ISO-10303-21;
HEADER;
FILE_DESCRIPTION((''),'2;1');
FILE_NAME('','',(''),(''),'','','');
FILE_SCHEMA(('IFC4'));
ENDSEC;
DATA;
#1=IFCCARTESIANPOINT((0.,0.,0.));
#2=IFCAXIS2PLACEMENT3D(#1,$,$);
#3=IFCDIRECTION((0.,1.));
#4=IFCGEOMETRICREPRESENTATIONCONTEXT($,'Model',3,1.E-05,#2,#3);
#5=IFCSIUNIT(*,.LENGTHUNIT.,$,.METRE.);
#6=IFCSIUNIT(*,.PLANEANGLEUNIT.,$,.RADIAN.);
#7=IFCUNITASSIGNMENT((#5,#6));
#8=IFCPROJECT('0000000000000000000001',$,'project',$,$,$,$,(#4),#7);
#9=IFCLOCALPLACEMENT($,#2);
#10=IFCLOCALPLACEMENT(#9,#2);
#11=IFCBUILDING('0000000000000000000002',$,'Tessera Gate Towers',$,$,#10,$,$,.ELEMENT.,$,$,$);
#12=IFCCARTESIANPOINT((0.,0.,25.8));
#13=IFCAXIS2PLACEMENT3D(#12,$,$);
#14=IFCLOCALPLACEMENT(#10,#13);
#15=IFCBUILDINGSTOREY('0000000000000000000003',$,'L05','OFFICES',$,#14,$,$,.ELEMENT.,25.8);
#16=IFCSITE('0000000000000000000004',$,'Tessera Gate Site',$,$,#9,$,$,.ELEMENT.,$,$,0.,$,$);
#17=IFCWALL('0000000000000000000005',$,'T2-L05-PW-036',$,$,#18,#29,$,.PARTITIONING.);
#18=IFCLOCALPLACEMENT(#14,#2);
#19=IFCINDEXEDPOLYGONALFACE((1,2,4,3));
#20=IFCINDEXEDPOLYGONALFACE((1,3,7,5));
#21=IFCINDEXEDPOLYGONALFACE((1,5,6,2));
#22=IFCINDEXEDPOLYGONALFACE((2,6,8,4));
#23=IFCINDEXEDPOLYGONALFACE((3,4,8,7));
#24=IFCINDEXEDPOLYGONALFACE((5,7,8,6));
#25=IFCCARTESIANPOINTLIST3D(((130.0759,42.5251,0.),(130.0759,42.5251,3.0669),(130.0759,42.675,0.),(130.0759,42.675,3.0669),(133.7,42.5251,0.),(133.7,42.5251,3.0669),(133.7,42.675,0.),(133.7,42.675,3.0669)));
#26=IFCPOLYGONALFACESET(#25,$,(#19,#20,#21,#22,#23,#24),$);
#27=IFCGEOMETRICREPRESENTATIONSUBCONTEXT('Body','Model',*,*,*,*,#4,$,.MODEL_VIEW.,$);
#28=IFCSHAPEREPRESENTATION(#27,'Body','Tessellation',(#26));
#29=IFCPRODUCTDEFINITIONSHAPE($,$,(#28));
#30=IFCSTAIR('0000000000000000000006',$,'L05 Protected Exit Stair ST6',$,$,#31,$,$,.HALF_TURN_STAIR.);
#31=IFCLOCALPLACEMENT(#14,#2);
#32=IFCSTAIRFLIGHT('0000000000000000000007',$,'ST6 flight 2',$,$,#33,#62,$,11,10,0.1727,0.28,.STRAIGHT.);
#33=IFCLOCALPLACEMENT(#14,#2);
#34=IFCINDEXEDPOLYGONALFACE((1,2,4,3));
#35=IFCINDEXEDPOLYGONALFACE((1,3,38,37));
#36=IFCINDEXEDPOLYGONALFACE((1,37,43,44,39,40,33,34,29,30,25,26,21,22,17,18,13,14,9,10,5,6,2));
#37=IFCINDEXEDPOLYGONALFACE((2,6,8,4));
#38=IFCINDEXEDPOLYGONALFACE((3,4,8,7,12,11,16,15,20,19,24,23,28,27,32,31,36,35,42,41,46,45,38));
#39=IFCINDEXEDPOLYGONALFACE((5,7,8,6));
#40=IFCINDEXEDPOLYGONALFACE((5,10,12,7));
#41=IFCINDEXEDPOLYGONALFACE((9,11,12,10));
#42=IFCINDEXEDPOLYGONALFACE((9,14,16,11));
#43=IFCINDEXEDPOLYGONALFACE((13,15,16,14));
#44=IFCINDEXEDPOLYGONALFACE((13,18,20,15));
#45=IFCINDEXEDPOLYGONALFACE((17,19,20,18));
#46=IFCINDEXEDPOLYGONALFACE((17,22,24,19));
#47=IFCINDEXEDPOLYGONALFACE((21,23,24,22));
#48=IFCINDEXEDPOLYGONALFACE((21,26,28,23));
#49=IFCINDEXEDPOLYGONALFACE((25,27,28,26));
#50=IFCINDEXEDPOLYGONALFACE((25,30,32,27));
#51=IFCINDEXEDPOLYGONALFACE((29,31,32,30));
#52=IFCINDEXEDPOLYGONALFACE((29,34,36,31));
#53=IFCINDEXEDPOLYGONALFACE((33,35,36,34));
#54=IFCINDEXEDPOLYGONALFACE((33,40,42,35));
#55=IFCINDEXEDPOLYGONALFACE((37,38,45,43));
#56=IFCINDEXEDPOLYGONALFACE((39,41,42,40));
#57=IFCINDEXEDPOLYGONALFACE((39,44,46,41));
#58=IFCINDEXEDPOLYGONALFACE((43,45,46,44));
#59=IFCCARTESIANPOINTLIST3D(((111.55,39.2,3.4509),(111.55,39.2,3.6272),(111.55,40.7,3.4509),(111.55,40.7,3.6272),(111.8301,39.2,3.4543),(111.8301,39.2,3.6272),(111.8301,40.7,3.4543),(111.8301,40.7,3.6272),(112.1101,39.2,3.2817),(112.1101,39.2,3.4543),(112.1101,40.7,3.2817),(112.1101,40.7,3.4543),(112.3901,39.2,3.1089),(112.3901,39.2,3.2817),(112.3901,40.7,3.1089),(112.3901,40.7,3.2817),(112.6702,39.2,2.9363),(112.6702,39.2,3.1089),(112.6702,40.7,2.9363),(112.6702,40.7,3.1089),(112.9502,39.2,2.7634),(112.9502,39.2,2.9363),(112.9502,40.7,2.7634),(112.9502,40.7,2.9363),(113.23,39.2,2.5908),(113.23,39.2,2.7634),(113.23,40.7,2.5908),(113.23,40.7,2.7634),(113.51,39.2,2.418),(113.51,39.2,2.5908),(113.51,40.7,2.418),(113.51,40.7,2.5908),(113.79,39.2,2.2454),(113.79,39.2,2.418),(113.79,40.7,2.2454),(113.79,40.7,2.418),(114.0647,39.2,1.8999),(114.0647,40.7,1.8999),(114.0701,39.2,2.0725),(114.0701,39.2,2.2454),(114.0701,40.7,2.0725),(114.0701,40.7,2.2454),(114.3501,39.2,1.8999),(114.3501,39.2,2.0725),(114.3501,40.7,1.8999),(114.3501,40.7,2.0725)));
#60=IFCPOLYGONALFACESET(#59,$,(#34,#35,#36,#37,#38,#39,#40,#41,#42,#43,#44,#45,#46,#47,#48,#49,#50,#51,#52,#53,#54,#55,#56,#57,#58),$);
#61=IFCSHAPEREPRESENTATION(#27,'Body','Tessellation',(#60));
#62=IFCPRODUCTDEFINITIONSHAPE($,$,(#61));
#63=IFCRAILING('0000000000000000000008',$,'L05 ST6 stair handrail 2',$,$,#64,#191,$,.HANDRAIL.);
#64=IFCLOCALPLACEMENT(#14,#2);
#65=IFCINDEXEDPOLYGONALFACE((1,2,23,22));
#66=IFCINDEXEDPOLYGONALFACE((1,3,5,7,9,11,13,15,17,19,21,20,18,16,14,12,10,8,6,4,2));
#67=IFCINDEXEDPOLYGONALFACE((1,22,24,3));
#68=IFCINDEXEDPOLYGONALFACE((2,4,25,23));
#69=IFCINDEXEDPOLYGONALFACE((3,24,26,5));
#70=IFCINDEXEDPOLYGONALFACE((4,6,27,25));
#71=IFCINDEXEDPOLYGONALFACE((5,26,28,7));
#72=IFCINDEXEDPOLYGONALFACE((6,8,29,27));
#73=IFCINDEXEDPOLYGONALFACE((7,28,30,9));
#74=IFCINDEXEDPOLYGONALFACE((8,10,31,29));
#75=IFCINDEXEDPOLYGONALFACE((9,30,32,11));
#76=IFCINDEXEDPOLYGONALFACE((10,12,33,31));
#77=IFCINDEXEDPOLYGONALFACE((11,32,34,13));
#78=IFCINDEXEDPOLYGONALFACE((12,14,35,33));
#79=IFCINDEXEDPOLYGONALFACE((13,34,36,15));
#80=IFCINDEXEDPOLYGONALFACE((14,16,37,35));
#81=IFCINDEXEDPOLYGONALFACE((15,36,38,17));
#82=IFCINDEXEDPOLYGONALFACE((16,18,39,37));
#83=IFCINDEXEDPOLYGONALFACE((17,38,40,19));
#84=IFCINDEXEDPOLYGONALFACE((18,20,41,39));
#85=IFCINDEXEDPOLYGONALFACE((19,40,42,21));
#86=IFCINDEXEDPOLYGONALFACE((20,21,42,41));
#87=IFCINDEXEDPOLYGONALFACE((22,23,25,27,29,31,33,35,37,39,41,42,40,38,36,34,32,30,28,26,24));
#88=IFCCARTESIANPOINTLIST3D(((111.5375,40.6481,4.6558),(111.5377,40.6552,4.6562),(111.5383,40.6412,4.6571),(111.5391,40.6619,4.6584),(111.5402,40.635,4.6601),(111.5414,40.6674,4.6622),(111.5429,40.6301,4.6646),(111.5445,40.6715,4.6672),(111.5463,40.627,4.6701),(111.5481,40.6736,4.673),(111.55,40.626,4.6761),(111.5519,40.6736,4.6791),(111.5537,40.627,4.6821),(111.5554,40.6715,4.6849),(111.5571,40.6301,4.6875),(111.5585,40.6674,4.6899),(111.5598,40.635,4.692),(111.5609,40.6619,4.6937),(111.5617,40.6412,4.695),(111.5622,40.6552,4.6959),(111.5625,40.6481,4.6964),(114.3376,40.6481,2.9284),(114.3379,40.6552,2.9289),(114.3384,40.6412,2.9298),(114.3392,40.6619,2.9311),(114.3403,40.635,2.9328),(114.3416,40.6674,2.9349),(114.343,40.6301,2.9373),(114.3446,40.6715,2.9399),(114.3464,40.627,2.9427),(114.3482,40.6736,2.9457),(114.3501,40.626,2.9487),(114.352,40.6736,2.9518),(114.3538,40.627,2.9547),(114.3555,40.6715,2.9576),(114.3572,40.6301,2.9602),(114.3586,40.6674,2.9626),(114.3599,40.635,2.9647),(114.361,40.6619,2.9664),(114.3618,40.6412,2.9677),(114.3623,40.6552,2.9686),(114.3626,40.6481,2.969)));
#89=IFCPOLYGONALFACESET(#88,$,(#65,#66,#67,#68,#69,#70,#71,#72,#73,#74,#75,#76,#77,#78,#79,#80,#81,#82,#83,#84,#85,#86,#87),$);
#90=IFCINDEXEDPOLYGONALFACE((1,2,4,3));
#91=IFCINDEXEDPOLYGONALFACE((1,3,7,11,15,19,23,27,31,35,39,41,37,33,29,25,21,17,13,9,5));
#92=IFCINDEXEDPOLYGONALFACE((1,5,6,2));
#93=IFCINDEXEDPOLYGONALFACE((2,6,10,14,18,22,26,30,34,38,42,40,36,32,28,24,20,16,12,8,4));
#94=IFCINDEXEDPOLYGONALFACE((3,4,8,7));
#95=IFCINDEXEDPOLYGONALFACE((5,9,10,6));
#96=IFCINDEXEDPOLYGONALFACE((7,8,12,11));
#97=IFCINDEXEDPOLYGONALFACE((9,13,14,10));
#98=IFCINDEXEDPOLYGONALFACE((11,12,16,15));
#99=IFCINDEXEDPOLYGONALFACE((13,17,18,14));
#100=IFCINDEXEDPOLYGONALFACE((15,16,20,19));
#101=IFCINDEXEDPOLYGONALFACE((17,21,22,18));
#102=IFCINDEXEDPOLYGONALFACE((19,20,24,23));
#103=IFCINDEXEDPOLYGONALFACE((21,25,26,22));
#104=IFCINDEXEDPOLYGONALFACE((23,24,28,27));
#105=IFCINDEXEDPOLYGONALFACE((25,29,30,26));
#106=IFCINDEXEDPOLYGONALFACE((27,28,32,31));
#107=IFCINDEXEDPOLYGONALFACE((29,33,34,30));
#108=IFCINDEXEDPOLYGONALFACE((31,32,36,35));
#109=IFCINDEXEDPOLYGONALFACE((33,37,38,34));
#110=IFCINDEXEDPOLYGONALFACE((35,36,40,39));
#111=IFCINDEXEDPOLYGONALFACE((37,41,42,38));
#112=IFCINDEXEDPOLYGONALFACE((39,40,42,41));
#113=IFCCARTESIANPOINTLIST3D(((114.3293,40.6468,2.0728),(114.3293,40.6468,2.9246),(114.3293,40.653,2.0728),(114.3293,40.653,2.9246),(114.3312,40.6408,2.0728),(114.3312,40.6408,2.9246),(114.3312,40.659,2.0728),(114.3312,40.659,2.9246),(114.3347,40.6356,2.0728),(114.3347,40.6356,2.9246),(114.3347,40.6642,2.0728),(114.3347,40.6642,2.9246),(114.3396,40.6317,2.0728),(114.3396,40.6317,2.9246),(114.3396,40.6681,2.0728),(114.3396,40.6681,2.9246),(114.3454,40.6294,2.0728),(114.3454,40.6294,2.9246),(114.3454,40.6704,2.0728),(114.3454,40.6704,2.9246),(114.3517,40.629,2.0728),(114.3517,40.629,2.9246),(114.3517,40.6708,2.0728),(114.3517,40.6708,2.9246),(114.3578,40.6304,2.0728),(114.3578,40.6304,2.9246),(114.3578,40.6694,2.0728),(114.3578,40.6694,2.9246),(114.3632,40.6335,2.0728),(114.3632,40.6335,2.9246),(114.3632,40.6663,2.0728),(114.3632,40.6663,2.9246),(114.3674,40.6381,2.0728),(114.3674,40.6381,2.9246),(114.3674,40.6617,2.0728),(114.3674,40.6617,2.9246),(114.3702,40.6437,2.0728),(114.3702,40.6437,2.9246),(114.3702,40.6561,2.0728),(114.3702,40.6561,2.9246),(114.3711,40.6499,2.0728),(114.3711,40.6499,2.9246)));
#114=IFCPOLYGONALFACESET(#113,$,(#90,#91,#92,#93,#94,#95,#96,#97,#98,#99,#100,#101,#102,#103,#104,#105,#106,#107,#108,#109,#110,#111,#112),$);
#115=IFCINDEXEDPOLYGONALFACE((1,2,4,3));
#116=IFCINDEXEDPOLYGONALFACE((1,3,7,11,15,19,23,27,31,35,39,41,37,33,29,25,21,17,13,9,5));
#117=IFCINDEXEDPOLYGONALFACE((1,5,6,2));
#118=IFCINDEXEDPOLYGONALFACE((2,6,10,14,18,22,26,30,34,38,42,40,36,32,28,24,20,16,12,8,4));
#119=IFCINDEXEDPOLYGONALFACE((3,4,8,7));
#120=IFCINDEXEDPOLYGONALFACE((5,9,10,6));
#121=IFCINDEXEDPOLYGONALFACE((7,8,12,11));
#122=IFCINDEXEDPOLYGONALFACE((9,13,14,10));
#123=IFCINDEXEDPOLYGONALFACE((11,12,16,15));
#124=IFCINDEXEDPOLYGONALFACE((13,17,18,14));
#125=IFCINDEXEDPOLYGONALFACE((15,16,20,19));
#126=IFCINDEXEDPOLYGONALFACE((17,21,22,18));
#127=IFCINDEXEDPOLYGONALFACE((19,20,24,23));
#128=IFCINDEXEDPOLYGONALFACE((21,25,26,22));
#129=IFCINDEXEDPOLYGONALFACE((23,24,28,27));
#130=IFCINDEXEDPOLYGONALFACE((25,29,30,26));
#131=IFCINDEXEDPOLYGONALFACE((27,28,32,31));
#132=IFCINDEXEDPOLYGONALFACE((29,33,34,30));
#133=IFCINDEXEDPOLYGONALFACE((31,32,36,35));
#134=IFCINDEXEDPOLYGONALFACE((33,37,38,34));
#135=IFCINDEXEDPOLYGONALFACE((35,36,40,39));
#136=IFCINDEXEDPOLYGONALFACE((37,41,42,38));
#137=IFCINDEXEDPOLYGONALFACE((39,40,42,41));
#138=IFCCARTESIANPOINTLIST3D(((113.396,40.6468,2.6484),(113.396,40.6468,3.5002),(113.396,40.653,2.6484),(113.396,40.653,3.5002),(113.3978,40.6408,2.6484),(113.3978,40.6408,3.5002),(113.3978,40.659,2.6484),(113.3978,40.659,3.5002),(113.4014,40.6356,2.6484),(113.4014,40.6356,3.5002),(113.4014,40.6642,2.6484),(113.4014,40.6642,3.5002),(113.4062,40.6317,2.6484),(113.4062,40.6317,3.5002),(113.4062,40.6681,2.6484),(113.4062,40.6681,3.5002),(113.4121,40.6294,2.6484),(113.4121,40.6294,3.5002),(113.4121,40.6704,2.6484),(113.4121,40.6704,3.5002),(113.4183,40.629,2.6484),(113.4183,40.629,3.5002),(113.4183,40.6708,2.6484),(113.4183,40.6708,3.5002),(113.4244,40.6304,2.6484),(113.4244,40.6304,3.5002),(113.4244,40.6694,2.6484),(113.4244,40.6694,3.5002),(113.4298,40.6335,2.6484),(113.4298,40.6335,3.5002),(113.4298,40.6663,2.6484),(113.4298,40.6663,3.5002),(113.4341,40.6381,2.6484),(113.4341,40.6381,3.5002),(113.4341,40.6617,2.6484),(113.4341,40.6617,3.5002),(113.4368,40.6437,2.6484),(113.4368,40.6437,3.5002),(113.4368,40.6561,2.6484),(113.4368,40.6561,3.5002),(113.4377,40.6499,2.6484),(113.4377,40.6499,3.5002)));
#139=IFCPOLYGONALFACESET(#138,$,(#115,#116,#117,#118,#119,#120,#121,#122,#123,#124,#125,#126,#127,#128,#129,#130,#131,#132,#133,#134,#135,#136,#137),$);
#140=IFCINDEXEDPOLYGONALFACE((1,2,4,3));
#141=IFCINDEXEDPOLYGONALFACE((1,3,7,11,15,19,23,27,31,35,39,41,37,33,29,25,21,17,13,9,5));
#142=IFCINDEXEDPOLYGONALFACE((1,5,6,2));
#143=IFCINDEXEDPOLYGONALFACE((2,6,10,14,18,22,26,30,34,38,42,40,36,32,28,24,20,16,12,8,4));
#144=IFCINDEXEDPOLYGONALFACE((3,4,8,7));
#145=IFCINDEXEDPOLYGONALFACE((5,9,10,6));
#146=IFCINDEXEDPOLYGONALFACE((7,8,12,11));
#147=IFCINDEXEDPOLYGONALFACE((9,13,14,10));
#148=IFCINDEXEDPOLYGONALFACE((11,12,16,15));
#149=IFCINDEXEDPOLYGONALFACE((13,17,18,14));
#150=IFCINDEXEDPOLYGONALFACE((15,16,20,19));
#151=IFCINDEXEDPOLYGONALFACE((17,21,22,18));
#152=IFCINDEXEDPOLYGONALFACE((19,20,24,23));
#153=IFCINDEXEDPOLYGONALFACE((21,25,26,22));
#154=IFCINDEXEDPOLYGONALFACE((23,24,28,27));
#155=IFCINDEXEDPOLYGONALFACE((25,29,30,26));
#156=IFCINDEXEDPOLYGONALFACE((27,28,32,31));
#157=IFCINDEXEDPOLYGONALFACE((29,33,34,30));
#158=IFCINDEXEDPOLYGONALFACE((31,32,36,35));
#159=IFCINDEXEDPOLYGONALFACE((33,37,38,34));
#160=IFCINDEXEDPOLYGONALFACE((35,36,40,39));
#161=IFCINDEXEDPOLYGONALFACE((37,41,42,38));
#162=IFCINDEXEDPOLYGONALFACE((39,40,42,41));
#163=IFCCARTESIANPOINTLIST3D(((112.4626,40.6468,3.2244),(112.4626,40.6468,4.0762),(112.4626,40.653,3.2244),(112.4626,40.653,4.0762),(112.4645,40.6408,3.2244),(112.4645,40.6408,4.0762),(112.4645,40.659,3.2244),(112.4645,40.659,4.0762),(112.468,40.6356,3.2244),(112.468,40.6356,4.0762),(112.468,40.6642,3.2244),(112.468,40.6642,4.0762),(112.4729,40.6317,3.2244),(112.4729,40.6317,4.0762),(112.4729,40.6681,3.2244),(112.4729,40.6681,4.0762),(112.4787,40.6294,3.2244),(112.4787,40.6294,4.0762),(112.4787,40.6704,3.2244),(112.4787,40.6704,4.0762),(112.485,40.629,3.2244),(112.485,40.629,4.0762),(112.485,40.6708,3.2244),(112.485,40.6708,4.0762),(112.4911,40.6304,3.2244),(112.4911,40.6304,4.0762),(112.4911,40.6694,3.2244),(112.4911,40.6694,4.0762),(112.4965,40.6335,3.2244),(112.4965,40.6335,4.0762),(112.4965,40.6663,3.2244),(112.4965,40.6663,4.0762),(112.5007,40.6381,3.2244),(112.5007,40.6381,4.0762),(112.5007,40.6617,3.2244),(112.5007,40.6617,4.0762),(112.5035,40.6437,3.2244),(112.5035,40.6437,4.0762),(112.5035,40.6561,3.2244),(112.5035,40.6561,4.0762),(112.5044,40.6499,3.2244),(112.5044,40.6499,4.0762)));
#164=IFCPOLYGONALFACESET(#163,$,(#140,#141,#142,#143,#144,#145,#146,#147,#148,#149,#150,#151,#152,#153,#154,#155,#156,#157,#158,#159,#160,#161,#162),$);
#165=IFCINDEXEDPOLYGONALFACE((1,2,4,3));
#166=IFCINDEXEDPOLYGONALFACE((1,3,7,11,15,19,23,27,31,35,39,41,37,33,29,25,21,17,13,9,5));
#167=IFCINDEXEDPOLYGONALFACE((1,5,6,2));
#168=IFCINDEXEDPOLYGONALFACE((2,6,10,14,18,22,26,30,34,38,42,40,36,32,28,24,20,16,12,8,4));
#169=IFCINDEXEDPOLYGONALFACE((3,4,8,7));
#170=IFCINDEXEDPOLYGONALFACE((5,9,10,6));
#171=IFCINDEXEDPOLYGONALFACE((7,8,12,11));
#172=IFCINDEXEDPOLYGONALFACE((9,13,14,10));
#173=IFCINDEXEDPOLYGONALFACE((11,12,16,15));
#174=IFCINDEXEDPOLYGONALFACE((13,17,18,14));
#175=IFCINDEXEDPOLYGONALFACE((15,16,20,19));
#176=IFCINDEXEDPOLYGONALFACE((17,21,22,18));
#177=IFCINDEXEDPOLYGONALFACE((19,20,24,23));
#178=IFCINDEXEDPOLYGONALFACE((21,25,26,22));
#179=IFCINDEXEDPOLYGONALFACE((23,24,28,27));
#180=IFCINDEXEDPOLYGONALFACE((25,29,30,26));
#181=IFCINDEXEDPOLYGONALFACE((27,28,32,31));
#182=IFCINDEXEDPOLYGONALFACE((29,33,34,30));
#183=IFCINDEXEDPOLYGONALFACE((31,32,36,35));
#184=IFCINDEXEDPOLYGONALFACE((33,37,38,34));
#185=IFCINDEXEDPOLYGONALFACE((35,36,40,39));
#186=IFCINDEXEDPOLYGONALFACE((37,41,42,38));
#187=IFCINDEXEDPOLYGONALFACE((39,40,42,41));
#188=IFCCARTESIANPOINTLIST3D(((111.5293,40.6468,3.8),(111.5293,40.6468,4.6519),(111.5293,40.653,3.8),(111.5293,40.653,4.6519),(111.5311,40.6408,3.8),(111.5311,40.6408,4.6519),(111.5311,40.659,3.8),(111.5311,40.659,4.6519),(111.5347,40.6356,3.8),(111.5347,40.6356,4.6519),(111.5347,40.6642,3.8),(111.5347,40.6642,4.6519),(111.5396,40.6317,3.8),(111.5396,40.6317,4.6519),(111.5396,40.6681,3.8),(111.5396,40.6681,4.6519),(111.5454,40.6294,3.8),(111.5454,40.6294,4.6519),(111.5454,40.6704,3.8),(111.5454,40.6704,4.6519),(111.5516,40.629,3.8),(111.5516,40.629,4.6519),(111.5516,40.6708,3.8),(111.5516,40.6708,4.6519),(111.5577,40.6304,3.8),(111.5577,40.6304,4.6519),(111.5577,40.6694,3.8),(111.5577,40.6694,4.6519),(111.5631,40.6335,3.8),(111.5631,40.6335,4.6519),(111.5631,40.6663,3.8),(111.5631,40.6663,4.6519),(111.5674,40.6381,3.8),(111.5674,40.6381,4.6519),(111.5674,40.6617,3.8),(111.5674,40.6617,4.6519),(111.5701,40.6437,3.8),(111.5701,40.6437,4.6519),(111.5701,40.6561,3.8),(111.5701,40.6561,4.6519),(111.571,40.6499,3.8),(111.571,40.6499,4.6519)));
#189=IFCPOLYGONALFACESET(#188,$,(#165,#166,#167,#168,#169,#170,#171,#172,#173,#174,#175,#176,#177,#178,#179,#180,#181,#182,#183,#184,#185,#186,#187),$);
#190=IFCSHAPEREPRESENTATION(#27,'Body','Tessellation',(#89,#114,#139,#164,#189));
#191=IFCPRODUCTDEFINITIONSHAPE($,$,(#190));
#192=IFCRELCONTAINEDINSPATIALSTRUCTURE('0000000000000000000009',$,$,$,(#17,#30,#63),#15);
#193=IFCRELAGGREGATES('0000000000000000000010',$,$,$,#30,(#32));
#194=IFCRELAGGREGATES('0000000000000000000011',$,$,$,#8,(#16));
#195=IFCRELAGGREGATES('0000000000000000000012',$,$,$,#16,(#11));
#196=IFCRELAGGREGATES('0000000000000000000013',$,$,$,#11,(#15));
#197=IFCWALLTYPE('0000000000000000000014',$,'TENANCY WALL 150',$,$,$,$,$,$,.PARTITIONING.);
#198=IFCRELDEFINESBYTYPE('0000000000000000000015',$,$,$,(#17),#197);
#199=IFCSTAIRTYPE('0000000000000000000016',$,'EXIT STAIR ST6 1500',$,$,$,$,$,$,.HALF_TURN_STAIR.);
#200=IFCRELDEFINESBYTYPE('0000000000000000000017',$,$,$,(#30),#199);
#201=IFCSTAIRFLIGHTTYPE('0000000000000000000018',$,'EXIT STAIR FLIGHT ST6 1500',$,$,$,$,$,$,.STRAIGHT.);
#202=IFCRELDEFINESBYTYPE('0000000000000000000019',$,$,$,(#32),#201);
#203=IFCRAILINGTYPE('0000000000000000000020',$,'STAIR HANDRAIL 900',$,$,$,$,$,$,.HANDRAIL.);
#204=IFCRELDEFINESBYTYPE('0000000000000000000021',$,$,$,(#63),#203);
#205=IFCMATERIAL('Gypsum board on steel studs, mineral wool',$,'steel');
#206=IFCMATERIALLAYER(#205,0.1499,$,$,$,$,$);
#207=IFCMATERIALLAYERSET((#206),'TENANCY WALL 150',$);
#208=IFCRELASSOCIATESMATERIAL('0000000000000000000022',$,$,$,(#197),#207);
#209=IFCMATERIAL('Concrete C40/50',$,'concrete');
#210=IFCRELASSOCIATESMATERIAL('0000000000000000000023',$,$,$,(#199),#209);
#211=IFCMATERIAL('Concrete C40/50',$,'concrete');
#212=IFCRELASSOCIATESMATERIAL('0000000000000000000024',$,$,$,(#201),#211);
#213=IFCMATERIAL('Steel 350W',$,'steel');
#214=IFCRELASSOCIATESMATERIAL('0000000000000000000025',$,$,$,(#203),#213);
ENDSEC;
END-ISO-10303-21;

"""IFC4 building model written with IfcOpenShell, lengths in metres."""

from ifc_helpers import new_model, si_unit, direction, frame, frame_2d, origin, origin_2d, place, context, subcontext, project, spatial, polyline, rectangle, circle, outline, extrude, material, layer, layer_set, type_object, element, aggregate, save


model = new_model("IFC4")

# Units and contexts
model_context = context("Model", 3, precision=1e-05, world=origin(), true_north=direction((0.0, 1.0)))
body_context = subcontext(model_context, "Body", "Model", "MODEL_VIEW")
ifc_project = project(units=[si_unit("LENGTHUNIT", "METRE"), si_unit("PLANEANGLEUNIT", "RADIAN")], contexts=[model_context])

# Site, building, storey
site_placement = place(None, origin())
site = spatial("IfcSite", under=ifc_project, at=site_placement, Name="Tessera Gate Site", CompositionType="ELEMENT", RefElevation=0.0)
building_placement = place(site_placement, origin())
building = spatial("IfcBuilding", under=site, at=building_placement, Name="Tessera Gate Towers", CompositionType="ELEMENT")
storey_placement = place(building_placement, frame((0.0, 0.0, 25.8)))
storey = spatial("IfcBuildingStorey", under=building, at=storey_placement, Name="L05", Description="OFFICES", CompositionType="ELEMENT", Elevation=25.8)

# Wall
ifc_material_1 = material(Name="Gypsum board on steel studs, mineral wool", Category="steel")
ifc_layer_1 = layer(ifc_material_1, 0.1499)
ifc_layer_set_1 = layer_set([ifc_layer_1], Name="TENANCY WALL 150")
wall_type_1 = type_object("IfcWallType", Name="TENANCY WALL 150", PredefinedType="PARTITIONING", material=ifc_layer_set_1)
wall_1_placement = place(storey_placement, frame((130.0759, 42.6001, 0.0), z_axis=(0.0, 0.0, 1.0), x_axis=(1.0, 0.0, 0.0)))
element("IfcWall", 1, at=wall_1_placement, inside=storey, type_object=wall_type_1, Name="T2-L05-PW-036", PredefinedType="PARTITIONING", context=body_context, shape_type="SweptSolid", body=[
    extrude(rectangle(XDim=3.624, YDim=0.1499, at=frame_2d((1.812, 0.0))), origin(), (0.0, 0.0, 1.0), 3.0669),
])

# Stair, stair flight
ifc_material_2 = material(Name="Concrete C40/50", Category="concrete")
stair_type = type_object("IfcStairType", Name="EXIT STAIR ST6 1500", PredefinedType="HALF_TURN_STAIR", material=ifc_material_2)
stair_placement = place(storey_placement, origin())
stair = element("IfcStair", 2, at=stair_placement, inside=storey, type_object=stair_type, Name="L05 Protected Exit Stair ST6", PredefinedType="HALF_TURN_STAIR")
ifc_material_3 = material(Name="Concrete C40/50", Category="concrete")
stair_flight_type = type_object("IfcStairFlightType", Name="EXIT STAIR FLIGHT ST6 1500", PredefinedType="STRAIGHT", material=ifc_material_3)
stair_flight_placement = place(storey_placement, frame((114.3501, 39.95, 1.8999), z_axis=(0.0, 0.0, 1.0), x_axis=(-1.0, 0.0, 0.0)))
stair_flight = element("IfcStairFlight", 3, at=stair_flight_placement, type_object=stair_flight_type, Name="ST6 flight 2", NumberOfRisers=11, NumberOfTreads=10, PredefinedType="STRAIGHT", RiserHeight=0.1727, TreadLength=0.28, context=body_context, shape_type="SweptSolid", body=[
    extrude(outline(polyline([(0.0, 0.0), (0.0, 0.1726), (0.28, 0.1726), (0.28, 0.3455), (0.5601, 0.3455), (0.5601, 0.5181), (0.8401, 0.5181), (0.8401, 0.6909), (1.1201, 0.6909), (1.1201, 0.8635), (1.3999, 0.8635), (1.3999, 1.0364), (1.6799, 1.0364), (1.6799, 1.209), (1.96, 1.209), (1.96, 1.3818), (2.24, 1.3818), (2.24, 1.5544), (2.52, 1.5544), (2.52, 1.7273), (2.8, 1.7273), (2.8, 1.8999), (2.8, 1.551), (0.2854, 0.0), (0.0, 0.0)])), frame((0.0, 0.75, 0.0), z_axis=(0.0, -1.0, 0.0), x_axis=(1.0, 0.0, 0.0)), (0.0, 0.0, 1.0), 1.5),
])
aggregate(stair, [stair_flight])

# Railing
ifc_material_4 = material(Name="Steel 350W", Category="steel")
railing_type = type_object("IfcRailingType", Name="STAIR HANDRAIL 900", PredefinedType="HANDRAIL", material=ifc_material_4)
railing_placement = place(storey_placement, frame((114.3501, 40.6499, 2.0728)))
element("IfcRailing", 4, at=railing_placement, inside=storey, type_object=railing_type, Name="L05 ST6 stair handrail 2", PredefinedType="HANDRAIL", context=body_context, shape_type="SweptSolid", body=[
    extrude(circle(Radius=0.0239, at=origin_2d()), frame((0.0, 0.0, 0.876), z_axis=(-0.85109, 0.0, 0.52502), x_axis=(0.0, -1.0, 0.0)), (0.0, 0.0, 1.0), 3.29),
    extrude(circle(Radius=0.021, at=origin_2d()), origin(), (0.0, 0.0, 1.0), 0.8518),
    extrude(circle(Radius=0.021, at=origin_2d()), frame((-0.9333, 0.0, 0.5757)), (0.0, 0.0, 1.0), 0.8518),
    extrude(circle(Radius=0.021, at=origin_2d()), frame((-1.8667, 0.0, 1.1516)), (0.0, 0.0, 1.0), 0.8518),
    extrude(circle(Radius=0.021, at=origin_2d()), frame((-2.8, 0.0, 1.7273)), (0.0, 0.0, 1.0), 0.8518),
])

save(model, "model.ifc")
